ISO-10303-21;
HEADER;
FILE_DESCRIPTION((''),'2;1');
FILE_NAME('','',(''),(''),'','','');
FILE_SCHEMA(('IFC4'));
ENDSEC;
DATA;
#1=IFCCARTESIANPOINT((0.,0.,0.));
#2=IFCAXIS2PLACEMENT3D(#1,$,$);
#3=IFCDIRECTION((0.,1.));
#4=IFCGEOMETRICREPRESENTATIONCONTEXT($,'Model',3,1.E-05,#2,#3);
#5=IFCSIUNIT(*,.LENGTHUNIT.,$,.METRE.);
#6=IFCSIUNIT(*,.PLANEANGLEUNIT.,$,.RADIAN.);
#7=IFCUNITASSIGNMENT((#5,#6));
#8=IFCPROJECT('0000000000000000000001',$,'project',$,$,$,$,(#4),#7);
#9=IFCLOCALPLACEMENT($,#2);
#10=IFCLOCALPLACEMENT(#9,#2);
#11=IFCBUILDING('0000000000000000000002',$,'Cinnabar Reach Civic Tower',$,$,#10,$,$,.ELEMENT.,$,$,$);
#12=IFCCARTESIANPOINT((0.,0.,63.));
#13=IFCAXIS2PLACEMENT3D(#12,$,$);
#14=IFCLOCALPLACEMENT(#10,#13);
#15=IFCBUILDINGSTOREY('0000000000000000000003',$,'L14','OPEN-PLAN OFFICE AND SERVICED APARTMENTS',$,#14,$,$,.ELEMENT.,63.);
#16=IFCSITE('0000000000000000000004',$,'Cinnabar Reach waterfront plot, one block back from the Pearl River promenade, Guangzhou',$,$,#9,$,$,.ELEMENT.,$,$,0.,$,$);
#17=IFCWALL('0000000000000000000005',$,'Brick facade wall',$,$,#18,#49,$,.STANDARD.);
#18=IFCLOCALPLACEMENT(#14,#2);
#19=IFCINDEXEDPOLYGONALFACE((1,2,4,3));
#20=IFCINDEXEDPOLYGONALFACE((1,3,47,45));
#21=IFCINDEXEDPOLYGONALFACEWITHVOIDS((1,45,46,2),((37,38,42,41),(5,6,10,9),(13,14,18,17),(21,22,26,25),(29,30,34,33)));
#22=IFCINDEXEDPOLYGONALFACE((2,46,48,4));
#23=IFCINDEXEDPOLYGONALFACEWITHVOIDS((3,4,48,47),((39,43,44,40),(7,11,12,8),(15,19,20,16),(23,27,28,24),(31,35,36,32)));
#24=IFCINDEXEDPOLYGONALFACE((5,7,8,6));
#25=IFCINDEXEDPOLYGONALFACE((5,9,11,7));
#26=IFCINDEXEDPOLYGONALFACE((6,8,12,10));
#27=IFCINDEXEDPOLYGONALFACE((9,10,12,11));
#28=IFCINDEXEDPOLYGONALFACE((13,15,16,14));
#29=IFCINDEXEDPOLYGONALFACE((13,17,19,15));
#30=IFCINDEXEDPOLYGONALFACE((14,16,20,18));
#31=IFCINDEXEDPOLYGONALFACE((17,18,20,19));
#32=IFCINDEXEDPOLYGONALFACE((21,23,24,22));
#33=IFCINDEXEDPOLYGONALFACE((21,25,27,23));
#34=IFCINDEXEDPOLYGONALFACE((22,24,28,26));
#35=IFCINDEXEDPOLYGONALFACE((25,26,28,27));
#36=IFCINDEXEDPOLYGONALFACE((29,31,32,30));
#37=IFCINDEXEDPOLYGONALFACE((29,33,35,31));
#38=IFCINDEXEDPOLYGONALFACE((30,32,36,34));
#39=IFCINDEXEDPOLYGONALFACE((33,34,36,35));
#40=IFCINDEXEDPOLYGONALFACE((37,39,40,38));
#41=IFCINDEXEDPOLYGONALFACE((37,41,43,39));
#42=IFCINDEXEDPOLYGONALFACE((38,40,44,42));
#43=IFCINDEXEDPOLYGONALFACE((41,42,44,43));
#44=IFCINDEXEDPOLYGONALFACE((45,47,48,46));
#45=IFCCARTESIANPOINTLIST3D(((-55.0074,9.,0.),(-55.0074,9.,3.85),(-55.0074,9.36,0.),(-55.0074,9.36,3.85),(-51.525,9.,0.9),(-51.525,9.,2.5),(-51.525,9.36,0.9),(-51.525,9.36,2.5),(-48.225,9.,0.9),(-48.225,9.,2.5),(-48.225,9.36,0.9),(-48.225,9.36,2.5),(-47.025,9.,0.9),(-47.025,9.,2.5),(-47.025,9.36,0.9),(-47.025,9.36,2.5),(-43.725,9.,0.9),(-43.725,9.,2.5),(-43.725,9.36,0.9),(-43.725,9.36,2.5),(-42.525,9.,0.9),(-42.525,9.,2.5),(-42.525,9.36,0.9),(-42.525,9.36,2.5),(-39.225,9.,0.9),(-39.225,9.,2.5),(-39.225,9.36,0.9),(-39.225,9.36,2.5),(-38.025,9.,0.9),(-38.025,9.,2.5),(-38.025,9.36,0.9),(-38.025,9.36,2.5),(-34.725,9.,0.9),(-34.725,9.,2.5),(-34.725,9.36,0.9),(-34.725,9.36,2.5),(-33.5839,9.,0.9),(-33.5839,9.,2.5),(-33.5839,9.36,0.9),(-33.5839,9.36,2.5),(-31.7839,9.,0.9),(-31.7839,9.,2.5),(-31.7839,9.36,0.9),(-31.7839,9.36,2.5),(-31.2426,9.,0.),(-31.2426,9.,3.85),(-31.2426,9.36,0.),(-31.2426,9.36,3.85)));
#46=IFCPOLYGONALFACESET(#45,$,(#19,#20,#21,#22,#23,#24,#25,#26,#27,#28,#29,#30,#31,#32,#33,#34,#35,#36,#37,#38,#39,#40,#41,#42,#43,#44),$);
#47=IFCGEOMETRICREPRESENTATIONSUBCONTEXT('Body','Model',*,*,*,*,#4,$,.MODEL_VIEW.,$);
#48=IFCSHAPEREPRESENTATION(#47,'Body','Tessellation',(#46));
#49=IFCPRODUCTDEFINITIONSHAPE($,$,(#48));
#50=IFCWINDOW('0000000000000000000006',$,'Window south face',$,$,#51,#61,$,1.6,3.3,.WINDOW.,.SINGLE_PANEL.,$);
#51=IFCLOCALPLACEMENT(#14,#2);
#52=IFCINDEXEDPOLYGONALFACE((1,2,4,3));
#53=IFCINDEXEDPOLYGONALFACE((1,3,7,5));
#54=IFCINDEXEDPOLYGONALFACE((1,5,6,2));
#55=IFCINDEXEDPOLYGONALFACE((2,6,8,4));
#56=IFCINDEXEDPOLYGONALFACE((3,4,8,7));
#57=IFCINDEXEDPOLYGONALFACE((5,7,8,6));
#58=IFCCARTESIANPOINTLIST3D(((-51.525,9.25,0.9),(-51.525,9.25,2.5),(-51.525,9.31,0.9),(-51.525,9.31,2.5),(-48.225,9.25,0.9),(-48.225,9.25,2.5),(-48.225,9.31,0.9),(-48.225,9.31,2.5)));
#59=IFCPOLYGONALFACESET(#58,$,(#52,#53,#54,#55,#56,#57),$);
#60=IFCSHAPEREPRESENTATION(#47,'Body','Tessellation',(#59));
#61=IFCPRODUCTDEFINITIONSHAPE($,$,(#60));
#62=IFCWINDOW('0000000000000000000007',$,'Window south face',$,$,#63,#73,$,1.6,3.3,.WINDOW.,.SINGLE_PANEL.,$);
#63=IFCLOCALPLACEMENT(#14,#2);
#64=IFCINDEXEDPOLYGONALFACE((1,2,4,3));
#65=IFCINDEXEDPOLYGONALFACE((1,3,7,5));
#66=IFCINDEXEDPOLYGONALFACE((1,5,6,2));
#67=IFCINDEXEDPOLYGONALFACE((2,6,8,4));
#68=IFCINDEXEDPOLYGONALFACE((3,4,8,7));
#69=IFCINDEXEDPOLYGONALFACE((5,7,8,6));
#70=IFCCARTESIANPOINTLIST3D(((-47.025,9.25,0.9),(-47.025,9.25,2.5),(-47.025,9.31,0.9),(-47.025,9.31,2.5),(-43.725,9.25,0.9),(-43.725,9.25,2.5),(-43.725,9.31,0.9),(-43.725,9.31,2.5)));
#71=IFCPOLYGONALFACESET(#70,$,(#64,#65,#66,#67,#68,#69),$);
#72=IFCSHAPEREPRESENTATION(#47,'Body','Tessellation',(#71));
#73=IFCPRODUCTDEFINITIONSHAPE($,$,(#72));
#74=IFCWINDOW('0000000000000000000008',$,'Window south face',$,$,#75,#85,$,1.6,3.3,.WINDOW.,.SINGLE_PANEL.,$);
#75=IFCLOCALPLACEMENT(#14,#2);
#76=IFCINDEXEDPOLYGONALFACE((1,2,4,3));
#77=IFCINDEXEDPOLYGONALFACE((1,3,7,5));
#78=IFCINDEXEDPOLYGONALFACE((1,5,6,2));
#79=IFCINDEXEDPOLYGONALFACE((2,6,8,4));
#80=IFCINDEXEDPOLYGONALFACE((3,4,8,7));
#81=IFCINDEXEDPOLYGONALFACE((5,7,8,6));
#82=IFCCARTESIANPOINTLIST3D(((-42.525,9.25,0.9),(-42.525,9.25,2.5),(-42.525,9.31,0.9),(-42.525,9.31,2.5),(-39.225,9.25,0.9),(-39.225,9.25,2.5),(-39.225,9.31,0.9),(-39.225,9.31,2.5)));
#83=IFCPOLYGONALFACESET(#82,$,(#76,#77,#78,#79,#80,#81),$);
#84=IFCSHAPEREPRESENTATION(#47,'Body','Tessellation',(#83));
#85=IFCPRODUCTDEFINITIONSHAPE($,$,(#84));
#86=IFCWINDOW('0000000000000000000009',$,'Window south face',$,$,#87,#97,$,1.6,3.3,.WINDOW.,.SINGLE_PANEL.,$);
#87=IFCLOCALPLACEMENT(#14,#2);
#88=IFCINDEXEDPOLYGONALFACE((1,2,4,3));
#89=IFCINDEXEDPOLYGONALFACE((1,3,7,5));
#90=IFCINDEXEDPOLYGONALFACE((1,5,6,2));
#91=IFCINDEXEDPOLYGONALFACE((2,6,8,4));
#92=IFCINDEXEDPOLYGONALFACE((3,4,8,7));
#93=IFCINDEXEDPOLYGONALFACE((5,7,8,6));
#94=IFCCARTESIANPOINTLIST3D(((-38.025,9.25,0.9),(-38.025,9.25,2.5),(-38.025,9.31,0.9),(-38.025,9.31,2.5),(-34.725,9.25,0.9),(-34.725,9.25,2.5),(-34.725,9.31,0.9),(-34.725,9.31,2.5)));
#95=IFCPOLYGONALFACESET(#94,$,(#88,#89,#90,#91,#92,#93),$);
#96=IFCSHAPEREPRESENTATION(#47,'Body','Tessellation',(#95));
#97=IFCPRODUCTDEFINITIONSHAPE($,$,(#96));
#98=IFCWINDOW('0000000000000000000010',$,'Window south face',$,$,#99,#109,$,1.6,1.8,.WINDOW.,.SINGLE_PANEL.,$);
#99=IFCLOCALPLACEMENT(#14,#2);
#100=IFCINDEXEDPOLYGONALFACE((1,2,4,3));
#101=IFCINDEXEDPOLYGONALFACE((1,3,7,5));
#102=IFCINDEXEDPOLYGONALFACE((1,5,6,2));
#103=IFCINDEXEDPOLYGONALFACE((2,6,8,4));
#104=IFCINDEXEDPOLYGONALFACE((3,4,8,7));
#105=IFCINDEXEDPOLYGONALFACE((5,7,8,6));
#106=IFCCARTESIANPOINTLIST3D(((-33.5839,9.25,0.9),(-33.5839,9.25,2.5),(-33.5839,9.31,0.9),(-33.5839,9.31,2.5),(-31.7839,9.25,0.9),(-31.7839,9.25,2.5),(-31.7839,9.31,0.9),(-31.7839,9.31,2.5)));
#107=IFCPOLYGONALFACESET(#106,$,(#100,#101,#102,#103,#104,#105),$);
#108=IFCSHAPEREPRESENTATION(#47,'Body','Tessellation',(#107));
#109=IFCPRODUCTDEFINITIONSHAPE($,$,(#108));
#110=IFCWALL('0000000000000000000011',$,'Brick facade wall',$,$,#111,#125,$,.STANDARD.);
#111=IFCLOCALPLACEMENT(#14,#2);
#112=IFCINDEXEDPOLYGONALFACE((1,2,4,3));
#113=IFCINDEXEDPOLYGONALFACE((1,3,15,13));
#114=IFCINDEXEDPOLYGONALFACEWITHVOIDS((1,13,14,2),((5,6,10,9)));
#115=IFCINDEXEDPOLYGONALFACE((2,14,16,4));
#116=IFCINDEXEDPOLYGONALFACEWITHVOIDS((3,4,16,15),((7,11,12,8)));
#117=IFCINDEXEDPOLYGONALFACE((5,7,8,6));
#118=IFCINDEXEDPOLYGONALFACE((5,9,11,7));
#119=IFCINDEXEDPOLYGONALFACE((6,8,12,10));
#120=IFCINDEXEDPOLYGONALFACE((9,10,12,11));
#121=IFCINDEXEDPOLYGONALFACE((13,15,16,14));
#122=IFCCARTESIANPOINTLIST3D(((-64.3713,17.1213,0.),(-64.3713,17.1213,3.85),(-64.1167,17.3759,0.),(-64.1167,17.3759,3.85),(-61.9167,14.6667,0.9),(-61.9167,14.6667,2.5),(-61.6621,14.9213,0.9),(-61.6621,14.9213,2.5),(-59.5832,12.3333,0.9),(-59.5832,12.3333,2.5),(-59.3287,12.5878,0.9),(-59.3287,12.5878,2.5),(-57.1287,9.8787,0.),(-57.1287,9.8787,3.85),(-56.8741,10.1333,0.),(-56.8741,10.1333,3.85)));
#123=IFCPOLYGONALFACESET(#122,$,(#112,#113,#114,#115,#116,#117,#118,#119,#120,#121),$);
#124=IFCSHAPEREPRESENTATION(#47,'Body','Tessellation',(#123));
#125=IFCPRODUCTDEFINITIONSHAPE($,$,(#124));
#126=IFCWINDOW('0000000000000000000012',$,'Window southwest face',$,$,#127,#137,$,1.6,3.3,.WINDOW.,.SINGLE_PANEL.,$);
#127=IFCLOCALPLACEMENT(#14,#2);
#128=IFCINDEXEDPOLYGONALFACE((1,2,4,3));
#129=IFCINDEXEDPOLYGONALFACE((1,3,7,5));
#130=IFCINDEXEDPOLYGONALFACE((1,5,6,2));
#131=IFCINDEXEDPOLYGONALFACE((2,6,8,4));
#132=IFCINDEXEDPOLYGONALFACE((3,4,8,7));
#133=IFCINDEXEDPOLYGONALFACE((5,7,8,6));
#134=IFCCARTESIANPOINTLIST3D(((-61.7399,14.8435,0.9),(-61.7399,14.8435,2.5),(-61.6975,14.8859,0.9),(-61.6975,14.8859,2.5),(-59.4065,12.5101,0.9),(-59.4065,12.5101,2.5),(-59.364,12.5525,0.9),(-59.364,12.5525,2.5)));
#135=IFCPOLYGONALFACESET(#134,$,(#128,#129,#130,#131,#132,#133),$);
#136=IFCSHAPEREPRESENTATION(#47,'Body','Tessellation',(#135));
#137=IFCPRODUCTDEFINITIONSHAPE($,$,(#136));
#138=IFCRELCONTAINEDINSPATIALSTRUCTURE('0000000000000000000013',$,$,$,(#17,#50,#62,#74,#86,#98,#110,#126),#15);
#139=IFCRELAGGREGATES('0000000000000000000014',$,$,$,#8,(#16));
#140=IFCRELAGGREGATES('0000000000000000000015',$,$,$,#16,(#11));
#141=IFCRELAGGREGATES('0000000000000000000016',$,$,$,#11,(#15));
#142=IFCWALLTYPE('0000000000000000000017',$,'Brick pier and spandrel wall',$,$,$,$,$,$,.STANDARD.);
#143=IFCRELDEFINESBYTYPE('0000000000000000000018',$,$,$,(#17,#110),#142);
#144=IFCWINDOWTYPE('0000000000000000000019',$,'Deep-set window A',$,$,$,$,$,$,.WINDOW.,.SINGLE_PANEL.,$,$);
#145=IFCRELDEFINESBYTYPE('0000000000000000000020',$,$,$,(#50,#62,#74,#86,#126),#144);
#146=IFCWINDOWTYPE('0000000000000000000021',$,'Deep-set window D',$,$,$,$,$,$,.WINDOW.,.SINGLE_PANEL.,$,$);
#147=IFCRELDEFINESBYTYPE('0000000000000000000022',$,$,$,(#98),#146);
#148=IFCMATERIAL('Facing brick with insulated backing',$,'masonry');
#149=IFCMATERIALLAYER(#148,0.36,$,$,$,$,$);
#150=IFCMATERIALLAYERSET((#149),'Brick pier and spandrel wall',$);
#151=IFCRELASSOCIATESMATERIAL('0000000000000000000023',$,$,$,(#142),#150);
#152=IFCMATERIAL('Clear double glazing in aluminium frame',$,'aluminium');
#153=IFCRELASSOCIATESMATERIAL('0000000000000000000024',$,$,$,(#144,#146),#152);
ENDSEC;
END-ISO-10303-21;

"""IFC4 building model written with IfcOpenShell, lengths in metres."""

from ifc_helpers import new_model, si_unit, direction, frame, frame_2d, origin, place, context, subcontext, project, spatial, rectangle, extrude, material, layer, layer_set, type_object, element, fill, save


model = new_model("IFC4")

# Units and contexts
model_context = context("Model", 3, precision=1e-05, world=origin(), true_north=direction((0.0, 1.0)))
body_context = subcontext(model_context, "Body", "Model", "MODEL_VIEW")
ifc_project = project(units=[si_unit("LENGTHUNIT", "METRE"), si_unit("PLANEANGLEUNIT", "RADIAN")], contexts=[model_context])

# Site, building, storey
site_placement = place(None, origin())
site = spatial("IfcSite", under=ifc_project, at=site_placement, Name="Cinnabar Reach waterfront plot, one block back from the Pearl River promenade, Guangzhou", CompositionType="ELEMENT", RefElevation=0.0)
building_placement = place(site_placement, origin())
building = spatial("IfcBuilding", under=site, at=building_placement, Name="Cinnabar Reach Civic Tower", CompositionType="ELEMENT")
storey_placement = place(building_placement, frame((0.0, 0.0, 63.0)))
storey = spatial("IfcBuildingStorey", under=building, at=storey_placement, Name="L14", Description="OPEN-PLAN OFFICE AND SERVICED APARTMENTS", CompositionType="ELEMENT", Elevation=63.0)

# Shared definitions
ifc_material_1 = material(Name="Facing brick with insulated backing", Category="masonry")

# Wall, openings, windows
ifc_layer_1 = layer(ifc_material_1, 0.36)
ifc_layer_set_1 = layer_set([ifc_layer_1], Name="Brick pier and spandrel wall")
wall_type_1 = type_object("IfcWallType", Name="Brick pier and spandrel wall", PredefinedType="STANDARD", material=ifc_layer_set_1)
wall_1_placement = place(storey_placement, frame((-55.0074, 9.18, 0.0), z_axis=(0.0, 0.0, 1.0), x_axis=(1.0, 0.0, 0.0)))
wall_1 = element("IfcWall", 1, at=wall_1_placement, inside=storey, type_object=wall_type_1, Name="Brick facade wall", PredefinedType="STANDARD", context=body_context, shape_type="SweptSolid", body=[
    extrude(rectangle(XDim=23.7648, YDim=0.36, at=frame_2d((11.8824, 0.0))), origin(), (0.0, 0.0, 1.0), 3.85),
])
opening_1_placement = place(wall_1_placement, frame((3.4824, 0.0, 0.9)))
opening_1 = element("IfcOpeningElement", 2, at=opening_1_placement, cuts=wall_1, PredefinedType="OPENING", context=body_context, shape_type="SweptSolid", body=[
    extrude(rectangle(XDim=3.3, YDim=1.6, at=frame_2d((1.65, 0.8))), frame((0.0, 0.19, 0.0), z_axis=(0.0, -1.0, 0.0), x_axis=(1.0, 0.0, 0.0)), (0.0, 0.0, 1.0), 0.38),
])
opening_2_placement = place(wall_1_placement, frame((7.9824, 0.0, 0.9)))
opening_2 = element("IfcOpeningElement", 3, at=opening_2_placement, cuts=wall_1, PredefinedType="OPENING", context=body_context, shape_type="SweptSolid", body=[
    extrude(rectangle(XDim=3.3, YDim=1.6, at=frame_2d((1.65, 0.8))), frame((0.0, 0.19, 0.0), z_axis=(0.0, -1.0, 0.0), x_axis=(1.0, 0.0, 0.0)), (0.0, 0.0, 1.0), 0.38),
])
opening_3_placement = place(wall_1_placement, frame((12.4824, 0.0, 0.9)))
opening_3 = element("IfcOpeningElement", 4, at=opening_3_placement, cuts=wall_1, PredefinedType="OPENING", context=body_context, shape_type="SweptSolid", body=[
    extrude(rectangle(XDim=3.3, YDim=1.6, at=frame_2d((1.65, 0.8))), frame((0.0, 0.19, 0.0), z_axis=(0.0, -1.0, 0.0), x_axis=(1.0, 0.0, 0.0)), (0.0, 0.0, 1.0), 0.38),
])
opening_4_placement = place(wall_1_placement, frame((16.9824, 0.0, 0.9)))
opening_4 = element("IfcOpeningElement", 5, at=opening_4_placement, cuts=wall_1, PredefinedType="OPENING", context=body_context, shape_type="SweptSolid", body=[
    extrude(rectangle(XDim=3.3, YDim=1.6, at=frame_2d((1.65, 0.8))), frame((0.0, 0.19, 0.0), z_axis=(0.0, -1.0, 0.0), x_axis=(1.0, 0.0, 0.0)), (0.0, 0.0, 1.0), 0.38),
])
opening_5_placement = place(wall_1_placement, frame((21.4235, 0.0, 0.9)))
opening_5 = element("IfcOpeningElement", 6, at=opening_5_placement, cuts=wall_1, PredefinedType="OPENING", context=body_context, shape_type="SweptSolid", body=[
    extrude(rectangle(XDim=1.8, YDim=1.6, at=frame_2d((0.9, 0.8))), frame((0.0, 0.19, 0.0), z_axis=(0.0, -1.0, 0.0), x_axis=(1.0, 0.0, 0.0)), (0.0, 0.0, 1.0), 0.38),
])
ifc_material_2 = material(Name="Clear double glazing in aluminium frame", Category="aluminium")
window_type_1 = type_object("IfcWindowType", Name="Deep-set window A", PartitioningType="SINGLE_PANEL", PredefinedType="WINDOW", material=ifc_material_2)
window_1_placement = place(opening_1_placement, origin())
window_1 = element("IfcWindow", 7, at=window_1_placement, inside=storey, type_object=window_type_1, Name="Window south face", OverallHeight=1.6, OverallWidth=3.3, PartitioningType="SINGLE_PANEL", PredefinedType="WINDOW", context=body_context, shape_type="SweptSolid", body=[
    extrude(rectangle(XDim=3.3, YDim=1.6, at=frame_2d((1.65, 0.8))), frame((0.0, 0.13, 0.0), z_axis=(0.0, -1.0, 0.0), x_axis=(1.0, 0.0, 0.0)), (0.0, 0.0, 1.0), 0.06),
])
fill(opening_1, window_1)
window_2_placement = place(opening_2_placement, origin())
window_2 = element("IfcWindow", 8, at=window_2_placement, inside=storey, type_object=window_type_1, Name="Window south face", OverallHeight=1.6, OverallWidth=3.3, PartitioningType="SINGLE_PANEL", PredefinedType="WINDOW", context=body_context, shape_type="SweptSolid", body=[
    extrude(rectangle(XDim=3.3, YDim=1.6, at=frame_2d((1.65, 0.8))), frame((0.0, 0.13, 0.0), z_axis=(0.0, -1.0, 0.0), x_axis=(1.0, 0.0, 0.0)), (0.0, 0.0, 1.0), 0.06),
])
fill(opening_2, window_2)
window_3_placement = place(opening_3_placement, origin())
window_3 = element("IfcWindow", 9, at=window_3_placement, inside=storey, type_object=window_type_1, Name="Window south face", OverallHeight=1.6, OverallWidth=3.3, PartitioningType="SINGLE_PANEL", PredefinedType="WINDOW", context=body_context, shape_type="SweptSolid", body=[
    extrude(rectangle(XDim=3.3, YDim=1.6, at=frame_2d((1.65, 0.8))), frame((0.0, 0.13, 0.0), z_axis=(0.0, -1.0, 0.0), x_axis=(1.0, 0.0, 0.0)), (0.0, 0.0, 1.0), 0.06),
])
fill(opening_3, window_3)
window_4_placement = place(opening_4_placement, origin())
window_4 = element("IfcWindow", 10, at=window_4_placement, inside=storey, type_object=window_type_1, Name="Window south face", OverallHeight=1.6, OverallWidth=3.3, PartitioningType="SINGLE_PANEL", PredefinedType="WINDOW", context=body_context, shape_type="SweptSolid", body=[
    extrude(rectangle(XDim=3.3, YDim=1.6, at=frame_2d((1.65, 0.8))), frame((0.0, 0.13, 0.0), z_axis=(0.0, -1.0, 0.0), x_axis=(1.0, 0.0, 0.0)), (0.0, 0.0, 1.0), 0.06),
])
fill(opening_4, window_4)
window_type_2 = type_object("IfcWindowType", Name="Deep-set window D", PartitioningType="SINGLE_PANEL", PredefinedType="WINDOW", material=ifc_material_2)
window_5_placement = place(opening_5_placement, origin())
window_5 = element("IfcWindow", 11, at=window_5_placement, inside=storey, type_object=window_type_2, Name="Window south face", OverallHeight=1.6, OverallWidth=1.8, PartitioningType="SINGLE_PANEL", PredefinedType="WINDOW", context=body_context, shape_type="SweptSolid", body=[
    extrude(rectangle(XDim=1.8, YDim=1.6, at=frame_2d((0.9, 0.8))), frame((0.0, 0.13, 0.0), z_axis=(0.0, -1.0, 0.0), x_axis=(1.0, 0.0, 0.0)), (0.0, 0.0, 1.0), 0.06),
])
fill(opening_5, window_5)

# Wall, opening, window
wall_2_placement = place(storey_placement, frame((-64.244, 17.2486, 0.0), z_axis=(0.0, 0.0, 1.0), x_axis=(0.707107, -0.707107, 0.0)))
wall_2 = element("IfcWall", 12, at=wall_2_placement, inside=storey, type_object=wall_type_1, Name="Brick facade wall", PredefinedType="STANDARD", context=body_context, shape_type="SweptSolid", body=[
    extrude(rectangle(XDim=10.2426, YDim=0.36, at=frame_2d((5.1213, 0.0))), origin(), (0.0, 0.0, 1.0), 3.85),
])
opening_6_placement = place(wall_2_placement, frame((3.4713, 0.0, 0.9)))
opening_6 = element("IfcOpeningElement", 13, at=opening_6_placement, cuts=wall_2, PredefinedType="OPENING", context=body_context, shape_type="SweptSolid", body=[
    extrude(rectangle(XDim=3.3, YDim=1.6, at=frame_2d((1.65, 0.8))), frame((0.0, 0.19, 0.0), z_axis=(0.0, -1.0, 0.0), x_axis=(1.0, 0.0, 0.0)), (0.0, 0.0, 1.0), 0.38),
])
window_6_placement = place(opening_6_placement, origin())
window_6 = element("IfcWindow", 14, at=window_6_placement, inside=storey, type_object=window_type_1, Name="Window southwest face", OverallHeight=1.6, OverallWidth=3.3, PartitioningType="SINGLE_PANEL", PredefinedType="WINDOW", context=body_context, shape_type="SweptSolid", body=[
    extrude(rectangle(XDim=3.3, YDim=1.6, at=frame_2d((1.65, 0.8))), frame((0.0, 0.13, 0.0), z_axis=(0.0, -1.0, 0.0), x_axis=(1.0, 0.0, 0.0)), (0.0, 0.0, 1.0), 0.06),
])
fill(opening_6, window_6)

save(model, "model.ifc")
